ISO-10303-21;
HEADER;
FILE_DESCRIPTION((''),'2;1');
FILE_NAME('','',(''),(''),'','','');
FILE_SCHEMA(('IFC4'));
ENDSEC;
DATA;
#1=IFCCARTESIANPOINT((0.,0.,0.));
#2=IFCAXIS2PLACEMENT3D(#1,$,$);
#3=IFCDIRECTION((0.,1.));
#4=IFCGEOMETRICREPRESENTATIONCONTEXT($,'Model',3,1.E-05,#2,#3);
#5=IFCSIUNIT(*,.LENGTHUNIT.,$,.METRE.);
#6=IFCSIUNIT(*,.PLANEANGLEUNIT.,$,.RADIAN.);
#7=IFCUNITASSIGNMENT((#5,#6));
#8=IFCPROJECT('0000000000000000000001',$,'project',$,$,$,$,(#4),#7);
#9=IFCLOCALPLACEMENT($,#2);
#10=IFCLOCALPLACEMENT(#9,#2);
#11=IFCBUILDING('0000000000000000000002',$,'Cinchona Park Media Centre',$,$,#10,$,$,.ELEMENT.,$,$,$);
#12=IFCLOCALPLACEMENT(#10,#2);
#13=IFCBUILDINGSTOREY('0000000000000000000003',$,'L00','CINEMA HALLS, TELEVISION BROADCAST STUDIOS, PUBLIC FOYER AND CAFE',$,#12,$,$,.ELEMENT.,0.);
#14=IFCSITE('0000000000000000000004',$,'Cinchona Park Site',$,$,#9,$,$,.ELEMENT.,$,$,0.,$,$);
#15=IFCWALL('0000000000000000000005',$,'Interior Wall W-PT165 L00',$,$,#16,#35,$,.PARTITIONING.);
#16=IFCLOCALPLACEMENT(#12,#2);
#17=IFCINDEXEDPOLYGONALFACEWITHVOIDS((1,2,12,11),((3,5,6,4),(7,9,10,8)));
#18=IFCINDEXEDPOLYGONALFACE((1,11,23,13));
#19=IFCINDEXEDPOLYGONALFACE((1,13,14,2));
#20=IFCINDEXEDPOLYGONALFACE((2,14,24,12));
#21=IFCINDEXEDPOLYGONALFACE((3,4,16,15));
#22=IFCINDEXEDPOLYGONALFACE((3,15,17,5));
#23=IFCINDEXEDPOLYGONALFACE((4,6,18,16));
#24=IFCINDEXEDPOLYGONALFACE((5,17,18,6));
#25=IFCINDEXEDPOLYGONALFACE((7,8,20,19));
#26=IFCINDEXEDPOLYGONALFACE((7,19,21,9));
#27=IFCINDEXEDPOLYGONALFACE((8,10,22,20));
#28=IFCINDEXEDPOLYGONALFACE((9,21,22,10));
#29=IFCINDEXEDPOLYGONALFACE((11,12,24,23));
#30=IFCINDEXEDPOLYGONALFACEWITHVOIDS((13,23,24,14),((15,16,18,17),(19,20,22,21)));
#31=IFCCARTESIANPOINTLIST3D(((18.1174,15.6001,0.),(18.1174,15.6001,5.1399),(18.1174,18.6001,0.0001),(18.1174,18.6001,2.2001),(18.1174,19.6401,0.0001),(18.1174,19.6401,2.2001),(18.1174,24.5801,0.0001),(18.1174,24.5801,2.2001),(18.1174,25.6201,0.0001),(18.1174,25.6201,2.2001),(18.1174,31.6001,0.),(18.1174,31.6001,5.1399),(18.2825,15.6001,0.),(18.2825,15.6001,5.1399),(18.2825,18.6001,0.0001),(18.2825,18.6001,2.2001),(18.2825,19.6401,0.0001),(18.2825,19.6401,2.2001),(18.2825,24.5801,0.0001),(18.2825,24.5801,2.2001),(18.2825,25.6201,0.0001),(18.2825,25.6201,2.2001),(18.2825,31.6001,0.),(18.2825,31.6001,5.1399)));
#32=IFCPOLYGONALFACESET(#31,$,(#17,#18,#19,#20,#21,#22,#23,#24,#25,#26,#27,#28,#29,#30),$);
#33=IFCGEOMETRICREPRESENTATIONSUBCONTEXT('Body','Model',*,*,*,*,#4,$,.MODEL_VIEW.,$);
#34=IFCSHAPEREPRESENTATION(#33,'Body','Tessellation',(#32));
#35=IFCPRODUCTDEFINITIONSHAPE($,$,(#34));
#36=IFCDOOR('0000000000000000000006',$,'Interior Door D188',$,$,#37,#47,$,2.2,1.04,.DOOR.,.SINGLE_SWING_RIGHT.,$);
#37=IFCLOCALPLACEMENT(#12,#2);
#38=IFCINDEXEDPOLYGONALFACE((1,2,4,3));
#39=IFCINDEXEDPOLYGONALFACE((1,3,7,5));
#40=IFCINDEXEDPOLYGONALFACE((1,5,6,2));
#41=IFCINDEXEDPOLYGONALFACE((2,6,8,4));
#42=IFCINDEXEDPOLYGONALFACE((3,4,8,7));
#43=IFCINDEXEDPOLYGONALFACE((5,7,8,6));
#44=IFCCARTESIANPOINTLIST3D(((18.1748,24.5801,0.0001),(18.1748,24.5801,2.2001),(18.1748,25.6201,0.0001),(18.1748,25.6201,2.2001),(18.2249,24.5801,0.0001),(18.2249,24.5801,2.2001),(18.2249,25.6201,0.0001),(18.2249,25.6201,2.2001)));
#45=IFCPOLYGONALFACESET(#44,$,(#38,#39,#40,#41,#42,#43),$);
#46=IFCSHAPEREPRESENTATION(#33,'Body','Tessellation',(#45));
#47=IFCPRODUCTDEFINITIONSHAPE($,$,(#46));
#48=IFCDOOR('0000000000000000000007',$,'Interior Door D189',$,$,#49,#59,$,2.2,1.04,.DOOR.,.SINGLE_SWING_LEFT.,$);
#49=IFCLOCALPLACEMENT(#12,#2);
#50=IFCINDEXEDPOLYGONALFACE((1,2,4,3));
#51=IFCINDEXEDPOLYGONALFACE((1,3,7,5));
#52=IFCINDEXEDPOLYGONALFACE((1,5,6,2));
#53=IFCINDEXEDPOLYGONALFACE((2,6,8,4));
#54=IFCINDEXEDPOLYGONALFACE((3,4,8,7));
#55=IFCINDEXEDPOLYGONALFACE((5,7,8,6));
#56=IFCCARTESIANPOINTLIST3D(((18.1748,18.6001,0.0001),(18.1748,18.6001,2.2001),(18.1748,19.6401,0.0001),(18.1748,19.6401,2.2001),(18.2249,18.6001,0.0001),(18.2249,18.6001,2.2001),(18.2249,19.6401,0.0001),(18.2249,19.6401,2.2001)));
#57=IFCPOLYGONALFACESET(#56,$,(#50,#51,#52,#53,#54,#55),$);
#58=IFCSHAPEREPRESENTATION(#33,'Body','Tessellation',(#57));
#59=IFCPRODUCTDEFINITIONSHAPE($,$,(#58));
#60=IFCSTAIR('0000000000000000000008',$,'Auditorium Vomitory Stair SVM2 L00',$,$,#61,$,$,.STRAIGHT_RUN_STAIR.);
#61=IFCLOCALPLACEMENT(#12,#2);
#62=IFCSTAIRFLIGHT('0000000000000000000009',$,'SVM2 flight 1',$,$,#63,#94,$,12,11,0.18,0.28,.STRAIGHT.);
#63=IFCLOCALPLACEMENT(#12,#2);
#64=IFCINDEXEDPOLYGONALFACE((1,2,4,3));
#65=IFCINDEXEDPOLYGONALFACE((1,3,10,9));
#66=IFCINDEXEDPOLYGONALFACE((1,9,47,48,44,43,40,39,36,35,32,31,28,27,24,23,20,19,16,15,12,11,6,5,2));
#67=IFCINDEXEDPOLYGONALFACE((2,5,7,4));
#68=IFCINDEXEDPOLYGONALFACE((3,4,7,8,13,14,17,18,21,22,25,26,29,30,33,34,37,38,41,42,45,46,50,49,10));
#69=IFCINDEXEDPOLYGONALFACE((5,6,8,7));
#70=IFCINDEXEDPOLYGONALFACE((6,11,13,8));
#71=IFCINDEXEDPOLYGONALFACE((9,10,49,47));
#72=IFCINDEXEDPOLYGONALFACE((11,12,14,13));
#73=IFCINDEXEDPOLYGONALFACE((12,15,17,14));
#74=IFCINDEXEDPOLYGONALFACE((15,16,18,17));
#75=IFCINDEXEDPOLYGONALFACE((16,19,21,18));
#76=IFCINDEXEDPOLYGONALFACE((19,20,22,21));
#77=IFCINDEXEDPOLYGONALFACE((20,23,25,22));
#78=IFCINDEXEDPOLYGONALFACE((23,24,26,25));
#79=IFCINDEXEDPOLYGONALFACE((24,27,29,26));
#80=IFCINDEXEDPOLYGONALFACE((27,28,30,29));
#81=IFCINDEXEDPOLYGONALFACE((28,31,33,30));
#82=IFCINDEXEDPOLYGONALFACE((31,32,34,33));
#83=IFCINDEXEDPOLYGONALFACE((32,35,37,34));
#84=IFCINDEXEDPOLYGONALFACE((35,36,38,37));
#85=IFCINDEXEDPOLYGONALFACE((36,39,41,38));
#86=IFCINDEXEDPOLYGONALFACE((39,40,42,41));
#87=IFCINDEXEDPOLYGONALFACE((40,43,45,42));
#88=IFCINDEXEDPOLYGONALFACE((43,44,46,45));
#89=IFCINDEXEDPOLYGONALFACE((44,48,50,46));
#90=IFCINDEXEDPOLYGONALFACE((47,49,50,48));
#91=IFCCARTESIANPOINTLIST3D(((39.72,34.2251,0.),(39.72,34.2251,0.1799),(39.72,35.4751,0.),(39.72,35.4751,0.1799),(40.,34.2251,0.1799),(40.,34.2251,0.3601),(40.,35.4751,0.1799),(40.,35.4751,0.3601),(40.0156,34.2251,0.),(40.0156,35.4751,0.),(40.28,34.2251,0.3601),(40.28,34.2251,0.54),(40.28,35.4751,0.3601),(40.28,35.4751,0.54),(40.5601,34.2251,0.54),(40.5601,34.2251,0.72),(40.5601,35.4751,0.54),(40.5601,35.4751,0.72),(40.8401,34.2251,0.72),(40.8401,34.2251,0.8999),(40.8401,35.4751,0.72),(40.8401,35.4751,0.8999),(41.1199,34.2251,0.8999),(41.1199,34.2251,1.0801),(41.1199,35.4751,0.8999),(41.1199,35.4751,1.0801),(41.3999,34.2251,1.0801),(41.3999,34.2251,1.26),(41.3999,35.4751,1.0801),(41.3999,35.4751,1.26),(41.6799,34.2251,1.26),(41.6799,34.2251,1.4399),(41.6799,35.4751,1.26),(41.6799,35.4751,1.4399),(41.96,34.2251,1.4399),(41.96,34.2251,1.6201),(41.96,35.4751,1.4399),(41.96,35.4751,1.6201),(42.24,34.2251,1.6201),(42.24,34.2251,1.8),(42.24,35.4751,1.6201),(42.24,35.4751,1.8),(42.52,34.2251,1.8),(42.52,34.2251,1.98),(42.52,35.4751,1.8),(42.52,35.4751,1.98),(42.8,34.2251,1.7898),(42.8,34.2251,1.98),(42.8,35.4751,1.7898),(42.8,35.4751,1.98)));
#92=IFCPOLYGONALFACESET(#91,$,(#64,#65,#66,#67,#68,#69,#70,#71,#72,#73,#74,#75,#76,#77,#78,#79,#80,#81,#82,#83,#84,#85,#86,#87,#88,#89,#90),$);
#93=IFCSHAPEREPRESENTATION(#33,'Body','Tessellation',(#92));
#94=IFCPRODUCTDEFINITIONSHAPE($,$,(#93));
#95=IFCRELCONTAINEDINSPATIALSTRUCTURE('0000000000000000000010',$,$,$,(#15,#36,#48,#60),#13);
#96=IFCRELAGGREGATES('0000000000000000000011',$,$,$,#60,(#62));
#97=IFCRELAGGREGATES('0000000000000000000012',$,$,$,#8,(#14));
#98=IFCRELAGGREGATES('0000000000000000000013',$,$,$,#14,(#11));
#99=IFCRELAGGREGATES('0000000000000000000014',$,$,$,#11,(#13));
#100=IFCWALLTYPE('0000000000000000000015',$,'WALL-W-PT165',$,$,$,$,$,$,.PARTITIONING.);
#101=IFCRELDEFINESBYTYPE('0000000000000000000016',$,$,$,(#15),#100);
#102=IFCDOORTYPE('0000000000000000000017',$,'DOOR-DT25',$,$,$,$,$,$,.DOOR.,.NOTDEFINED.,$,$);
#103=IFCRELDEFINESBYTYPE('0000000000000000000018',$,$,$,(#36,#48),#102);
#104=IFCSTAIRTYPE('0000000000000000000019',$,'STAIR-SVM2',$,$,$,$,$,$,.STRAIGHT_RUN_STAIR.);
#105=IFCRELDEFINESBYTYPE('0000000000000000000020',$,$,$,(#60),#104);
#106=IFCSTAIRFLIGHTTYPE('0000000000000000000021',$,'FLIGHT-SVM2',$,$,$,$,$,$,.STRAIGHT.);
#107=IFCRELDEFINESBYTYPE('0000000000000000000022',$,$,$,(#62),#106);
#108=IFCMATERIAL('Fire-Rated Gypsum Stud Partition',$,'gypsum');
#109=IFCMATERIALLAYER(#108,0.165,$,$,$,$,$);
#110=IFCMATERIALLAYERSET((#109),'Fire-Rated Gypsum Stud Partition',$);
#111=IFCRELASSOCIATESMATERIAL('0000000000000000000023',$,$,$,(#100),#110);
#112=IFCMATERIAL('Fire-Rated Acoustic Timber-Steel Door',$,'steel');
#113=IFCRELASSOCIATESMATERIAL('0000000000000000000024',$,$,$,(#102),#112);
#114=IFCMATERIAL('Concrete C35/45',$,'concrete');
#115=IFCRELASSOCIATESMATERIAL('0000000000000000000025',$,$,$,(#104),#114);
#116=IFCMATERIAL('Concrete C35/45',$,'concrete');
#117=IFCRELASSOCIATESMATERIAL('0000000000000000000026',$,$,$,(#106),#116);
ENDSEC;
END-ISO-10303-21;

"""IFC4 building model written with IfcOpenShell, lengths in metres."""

from ifc_helpers import new_model, si_unit, direction, frame, frame_2d, origin, place, context, subcontext, project, spatial, polyline, rectangle, outline, extrude, material, layer, layer_set, type_object, element, fill, aggregate, save


model = new_model("IFC4")

# Units and contexts
model_context = context("Model", 3, precision=1e-05, world=origin(), true_north=direction((0.0, 1.0)))
body_context = subcontext(model_context, "Body", "Model", "MODEL_VIEW")
ifc_project = project(units=[si_unit("LENGTHUNIT", "METRE"), si_unit("PLANEANGLEUNIT", "RADIAN")], contexts=[model_context])

# Site, building, storey
site_placement = place(None, origin())
site = spatial("IfcSite", under=ifc_project, at=site_placement, Name="Cinchona Park Site", CompositionType="ELEMENT", RefElevation=0.0)
building_placement = place(site_placement, origin())
building = spatial("IfcBuilding", under=site, at=building_placement, Name="Cinchona Park Media Centre", CompositionType="ELEMENT")
storey_placement = place(building_placement, origin())
storey = spatial("IfcBuildingStorey", under=building, at=storey_placement, Name="L00", Description="CINEMA HALLS, TELEVISION BROADCAST STUDIOS, PUBLIC FOYER AND CAFE", CompositionType="ELEMENT", Elevation=0.0)

# Wall, openings, doors
ifc_material_1 = material(Name="Fire-Rated Gypsum Stud Partition", Category="gypsum")
ifc_layer_1 = layer(ifc_material_1, 0.165)
ifc_layer_set_1 = layer_set([ifc_layer_1], Name="Fire-Rated Gypsum Stud Partition")
wall_type_1 = type_object("IfcWallType", Name="WALL-W-PT165", PredefinedType="PARTITIONING", material=ifc_layer_set_1)
wall_1_placement = place(storey_placement, frame((18.2, 31.6001, 0.0), z_axis=(0.0, 0.0, 1.0), x_axis=(0.0, -1.0, 0.0)))
wall_1 = element("IfcWall", 1, at=wall_1_placement, inside=storey, type_object=wall_type_1, Name="Interior Wall W-PT165 L00", PredefinedType="PARTITIONING", context=body_context, shape_type="SweptSolid", body=[
    extrude(rectangle(XDim=16.0, YDim=0.165, at=frame_2d((8.0, 0.0))), origin(), (0.0, 0.0, 1.0), 5.1399),
])
opening_1_placement = place(wall_1_placement, frame((5.98, 0.0, 0.0)))
opening_1 = element("IfcOpeningElement", 2, at=opening_1_placement, cuts=wall_1, PredefinedType="OPENING", context=body_context, shape_type="SweptSolid", body=[
    extrude(rectangle(XDim=1.04, YDim=2.2, at=frame_2d((0.52, 1.1001))), frame((0.0, 0.0925, 0.0), z_axis=(0.0, -1.0, 0.0), x_axis=(1.0, 0.0, 0.0)), (0.0, 0.0, 1.0), 0.1851),
])
opening_2_placement = place(wall_1_placement, frame((11.96, 0.0, 0.0)))
opening_2 = element("IfcOpeningElement", 3, at=opening_2_placement, cuts=wall_1, PredefinedType="OPENING", context=body_context, shape_type="SweptSolid", body=[
    extrude(rectangle(XDim=1.04, YDim=2.2, at=frame_2d((0.52, 1.1001))), frame((0.0, 0.0925, 0.0), z_axis=(0.0, -1.0, 0.0), x_axis=(1.0, 0.0, 0.0)), (0.0, 0.0, 1.0), 0.1851),
])
ifc_material_2 = material(Name="Fire-Rated Acoustic Timber-Steel Door", Category="steel")
door_type_1 = type_object("IfcDoorType", Name="DOOR-DT25", OperationType="NOTDEFINED", PredefinedType="DOOR", material=ifc_material_2)
door_1_placement = place(opening_1_placement, origin())
door_1 = element("IfcDoor", 4, at=door_1_placement, inside=storey, type_object=door_type_1, Name="Interior Door D188", OperationType="SINGLE_SWING_RIGHT", OverallHeight=2.2, OverallWidth=1.04, PredefinedType="DOOR", context=body_context, shape_type="SweptSolid", body=[
    extrude(rectangle(XDim=1.04, YDim=2.2, at=frame_2d((0.52, 1.1001))), frame((0.0, 0.0249, 0.0), z_axis=(0.0, -1.0, 0.0), x_axis=(1.0, 0.0, 0.0)), (0.0, 0.0, 1.0), 0.05),
])
fill(opening_1, door_1)
door_2_placement = place(opening_2_placement, origin())
door_2 = element("IfcDoor", 5, at=door_2_placement, inside=storey, type_object=door_type_1, Name="Interior Door D189", OperationType="SINGLE_SWING_LEFT", OverallHeight=2.2, OverallWidth=1.04, PredefinedType="DOOR", context=body_context, shape_type="SweptSolid", body=[
    extrude(rectangle(XDim=1.04, YDim=2.2, at=frame_2d((0.52, 1.1001))), frame((0.0, 0.0249, 0.0), z_axis=(0.0, -1.0, 0.0), x_axis=(1.0, 0.0, 0.0)), (0.0, 0.0, 1.0), 0.05),
])
fill(opening_2, door_2)

# Stair, stair flight
ifc_material_3 = material(Name="Concrete C35/45", Category="concrete")
stair_type = type_object("IfcStairType", Name="STAIR-SVM2", PredefinedType="STRAIGHT_RUN_STAIR", material=ifc_material_3)
stair_placement = place(storey_placement, origin())
stair = element("IfcStair", 6, at=stair_placement, inside=storey, type_object=stair_type, Name="Auditorium Vomitory Stair SVM2 L00", PredefinedType="STRAIGHT_RUN_STAIR")
ifc_material_4 = material(Name="Concrete C35/45", Category="concrete")
stair_flight_type = type_object("IfcStairFlightType", Name="FLIGHT-SVM2", PredefinedType="STRAIGHT", material=ifc_material_4)
stair_flight_placement = place(storey_placement, frame((39.72, 34.8501, 0.0), z_axis=(0.0, 0.0, 1.0), x_axis=(1.0, 0.0, 0.0)))
stair_flight = element("IfcStairFlight", 7, at=stair_flight_placement, type_object=stair_flight_type, Name="SVM2 flight 1", NumberOfRisers=12, NumberOfTreads=11, PredefinedType="STRAIGHT", RiserHeight=0.18, TreadLength=0.28, context=body_context, shape_type="SweptSolid", body=[
    extrude(outline(polyline([(0.0, 0.0), (0.0, 0.1799), (0.28, 0.1799), (0.28, 0.3601), (0.5601, 0.3601), (0.5601, 0.54), (0.8401, 0.54), (0.8401, 0.72), (1.1201, 0.72), (1.1201, 0.8999), (1.3999, 0.8999), (1.3999, 1.0801), (1.6799, 1.0801), (1.6799, 1.26), (1.96, 1.26), (1.96, 1.4399), (2.24, 1.4399), (2.24, 1.6201), (2.52, 1.6201), (2.52, 1.8), (2.8, 1.8), (2.8, 1.98), (3.0801, 1.98), (3.0801, 2.1599), (3.0801, 1.7898), (0.2957, 0.0), (0.0, 0.0)])), frame((0.0, 0.625, 0.0), z_axis=(0.0, -1.0, 0.0), x_axis=(1.0, 0.0, 0.0)), (0.0, 0.0, 1.0), 1.25),
])
aggregate(stair, [stair_flight])

save(model, "model.ifc")
